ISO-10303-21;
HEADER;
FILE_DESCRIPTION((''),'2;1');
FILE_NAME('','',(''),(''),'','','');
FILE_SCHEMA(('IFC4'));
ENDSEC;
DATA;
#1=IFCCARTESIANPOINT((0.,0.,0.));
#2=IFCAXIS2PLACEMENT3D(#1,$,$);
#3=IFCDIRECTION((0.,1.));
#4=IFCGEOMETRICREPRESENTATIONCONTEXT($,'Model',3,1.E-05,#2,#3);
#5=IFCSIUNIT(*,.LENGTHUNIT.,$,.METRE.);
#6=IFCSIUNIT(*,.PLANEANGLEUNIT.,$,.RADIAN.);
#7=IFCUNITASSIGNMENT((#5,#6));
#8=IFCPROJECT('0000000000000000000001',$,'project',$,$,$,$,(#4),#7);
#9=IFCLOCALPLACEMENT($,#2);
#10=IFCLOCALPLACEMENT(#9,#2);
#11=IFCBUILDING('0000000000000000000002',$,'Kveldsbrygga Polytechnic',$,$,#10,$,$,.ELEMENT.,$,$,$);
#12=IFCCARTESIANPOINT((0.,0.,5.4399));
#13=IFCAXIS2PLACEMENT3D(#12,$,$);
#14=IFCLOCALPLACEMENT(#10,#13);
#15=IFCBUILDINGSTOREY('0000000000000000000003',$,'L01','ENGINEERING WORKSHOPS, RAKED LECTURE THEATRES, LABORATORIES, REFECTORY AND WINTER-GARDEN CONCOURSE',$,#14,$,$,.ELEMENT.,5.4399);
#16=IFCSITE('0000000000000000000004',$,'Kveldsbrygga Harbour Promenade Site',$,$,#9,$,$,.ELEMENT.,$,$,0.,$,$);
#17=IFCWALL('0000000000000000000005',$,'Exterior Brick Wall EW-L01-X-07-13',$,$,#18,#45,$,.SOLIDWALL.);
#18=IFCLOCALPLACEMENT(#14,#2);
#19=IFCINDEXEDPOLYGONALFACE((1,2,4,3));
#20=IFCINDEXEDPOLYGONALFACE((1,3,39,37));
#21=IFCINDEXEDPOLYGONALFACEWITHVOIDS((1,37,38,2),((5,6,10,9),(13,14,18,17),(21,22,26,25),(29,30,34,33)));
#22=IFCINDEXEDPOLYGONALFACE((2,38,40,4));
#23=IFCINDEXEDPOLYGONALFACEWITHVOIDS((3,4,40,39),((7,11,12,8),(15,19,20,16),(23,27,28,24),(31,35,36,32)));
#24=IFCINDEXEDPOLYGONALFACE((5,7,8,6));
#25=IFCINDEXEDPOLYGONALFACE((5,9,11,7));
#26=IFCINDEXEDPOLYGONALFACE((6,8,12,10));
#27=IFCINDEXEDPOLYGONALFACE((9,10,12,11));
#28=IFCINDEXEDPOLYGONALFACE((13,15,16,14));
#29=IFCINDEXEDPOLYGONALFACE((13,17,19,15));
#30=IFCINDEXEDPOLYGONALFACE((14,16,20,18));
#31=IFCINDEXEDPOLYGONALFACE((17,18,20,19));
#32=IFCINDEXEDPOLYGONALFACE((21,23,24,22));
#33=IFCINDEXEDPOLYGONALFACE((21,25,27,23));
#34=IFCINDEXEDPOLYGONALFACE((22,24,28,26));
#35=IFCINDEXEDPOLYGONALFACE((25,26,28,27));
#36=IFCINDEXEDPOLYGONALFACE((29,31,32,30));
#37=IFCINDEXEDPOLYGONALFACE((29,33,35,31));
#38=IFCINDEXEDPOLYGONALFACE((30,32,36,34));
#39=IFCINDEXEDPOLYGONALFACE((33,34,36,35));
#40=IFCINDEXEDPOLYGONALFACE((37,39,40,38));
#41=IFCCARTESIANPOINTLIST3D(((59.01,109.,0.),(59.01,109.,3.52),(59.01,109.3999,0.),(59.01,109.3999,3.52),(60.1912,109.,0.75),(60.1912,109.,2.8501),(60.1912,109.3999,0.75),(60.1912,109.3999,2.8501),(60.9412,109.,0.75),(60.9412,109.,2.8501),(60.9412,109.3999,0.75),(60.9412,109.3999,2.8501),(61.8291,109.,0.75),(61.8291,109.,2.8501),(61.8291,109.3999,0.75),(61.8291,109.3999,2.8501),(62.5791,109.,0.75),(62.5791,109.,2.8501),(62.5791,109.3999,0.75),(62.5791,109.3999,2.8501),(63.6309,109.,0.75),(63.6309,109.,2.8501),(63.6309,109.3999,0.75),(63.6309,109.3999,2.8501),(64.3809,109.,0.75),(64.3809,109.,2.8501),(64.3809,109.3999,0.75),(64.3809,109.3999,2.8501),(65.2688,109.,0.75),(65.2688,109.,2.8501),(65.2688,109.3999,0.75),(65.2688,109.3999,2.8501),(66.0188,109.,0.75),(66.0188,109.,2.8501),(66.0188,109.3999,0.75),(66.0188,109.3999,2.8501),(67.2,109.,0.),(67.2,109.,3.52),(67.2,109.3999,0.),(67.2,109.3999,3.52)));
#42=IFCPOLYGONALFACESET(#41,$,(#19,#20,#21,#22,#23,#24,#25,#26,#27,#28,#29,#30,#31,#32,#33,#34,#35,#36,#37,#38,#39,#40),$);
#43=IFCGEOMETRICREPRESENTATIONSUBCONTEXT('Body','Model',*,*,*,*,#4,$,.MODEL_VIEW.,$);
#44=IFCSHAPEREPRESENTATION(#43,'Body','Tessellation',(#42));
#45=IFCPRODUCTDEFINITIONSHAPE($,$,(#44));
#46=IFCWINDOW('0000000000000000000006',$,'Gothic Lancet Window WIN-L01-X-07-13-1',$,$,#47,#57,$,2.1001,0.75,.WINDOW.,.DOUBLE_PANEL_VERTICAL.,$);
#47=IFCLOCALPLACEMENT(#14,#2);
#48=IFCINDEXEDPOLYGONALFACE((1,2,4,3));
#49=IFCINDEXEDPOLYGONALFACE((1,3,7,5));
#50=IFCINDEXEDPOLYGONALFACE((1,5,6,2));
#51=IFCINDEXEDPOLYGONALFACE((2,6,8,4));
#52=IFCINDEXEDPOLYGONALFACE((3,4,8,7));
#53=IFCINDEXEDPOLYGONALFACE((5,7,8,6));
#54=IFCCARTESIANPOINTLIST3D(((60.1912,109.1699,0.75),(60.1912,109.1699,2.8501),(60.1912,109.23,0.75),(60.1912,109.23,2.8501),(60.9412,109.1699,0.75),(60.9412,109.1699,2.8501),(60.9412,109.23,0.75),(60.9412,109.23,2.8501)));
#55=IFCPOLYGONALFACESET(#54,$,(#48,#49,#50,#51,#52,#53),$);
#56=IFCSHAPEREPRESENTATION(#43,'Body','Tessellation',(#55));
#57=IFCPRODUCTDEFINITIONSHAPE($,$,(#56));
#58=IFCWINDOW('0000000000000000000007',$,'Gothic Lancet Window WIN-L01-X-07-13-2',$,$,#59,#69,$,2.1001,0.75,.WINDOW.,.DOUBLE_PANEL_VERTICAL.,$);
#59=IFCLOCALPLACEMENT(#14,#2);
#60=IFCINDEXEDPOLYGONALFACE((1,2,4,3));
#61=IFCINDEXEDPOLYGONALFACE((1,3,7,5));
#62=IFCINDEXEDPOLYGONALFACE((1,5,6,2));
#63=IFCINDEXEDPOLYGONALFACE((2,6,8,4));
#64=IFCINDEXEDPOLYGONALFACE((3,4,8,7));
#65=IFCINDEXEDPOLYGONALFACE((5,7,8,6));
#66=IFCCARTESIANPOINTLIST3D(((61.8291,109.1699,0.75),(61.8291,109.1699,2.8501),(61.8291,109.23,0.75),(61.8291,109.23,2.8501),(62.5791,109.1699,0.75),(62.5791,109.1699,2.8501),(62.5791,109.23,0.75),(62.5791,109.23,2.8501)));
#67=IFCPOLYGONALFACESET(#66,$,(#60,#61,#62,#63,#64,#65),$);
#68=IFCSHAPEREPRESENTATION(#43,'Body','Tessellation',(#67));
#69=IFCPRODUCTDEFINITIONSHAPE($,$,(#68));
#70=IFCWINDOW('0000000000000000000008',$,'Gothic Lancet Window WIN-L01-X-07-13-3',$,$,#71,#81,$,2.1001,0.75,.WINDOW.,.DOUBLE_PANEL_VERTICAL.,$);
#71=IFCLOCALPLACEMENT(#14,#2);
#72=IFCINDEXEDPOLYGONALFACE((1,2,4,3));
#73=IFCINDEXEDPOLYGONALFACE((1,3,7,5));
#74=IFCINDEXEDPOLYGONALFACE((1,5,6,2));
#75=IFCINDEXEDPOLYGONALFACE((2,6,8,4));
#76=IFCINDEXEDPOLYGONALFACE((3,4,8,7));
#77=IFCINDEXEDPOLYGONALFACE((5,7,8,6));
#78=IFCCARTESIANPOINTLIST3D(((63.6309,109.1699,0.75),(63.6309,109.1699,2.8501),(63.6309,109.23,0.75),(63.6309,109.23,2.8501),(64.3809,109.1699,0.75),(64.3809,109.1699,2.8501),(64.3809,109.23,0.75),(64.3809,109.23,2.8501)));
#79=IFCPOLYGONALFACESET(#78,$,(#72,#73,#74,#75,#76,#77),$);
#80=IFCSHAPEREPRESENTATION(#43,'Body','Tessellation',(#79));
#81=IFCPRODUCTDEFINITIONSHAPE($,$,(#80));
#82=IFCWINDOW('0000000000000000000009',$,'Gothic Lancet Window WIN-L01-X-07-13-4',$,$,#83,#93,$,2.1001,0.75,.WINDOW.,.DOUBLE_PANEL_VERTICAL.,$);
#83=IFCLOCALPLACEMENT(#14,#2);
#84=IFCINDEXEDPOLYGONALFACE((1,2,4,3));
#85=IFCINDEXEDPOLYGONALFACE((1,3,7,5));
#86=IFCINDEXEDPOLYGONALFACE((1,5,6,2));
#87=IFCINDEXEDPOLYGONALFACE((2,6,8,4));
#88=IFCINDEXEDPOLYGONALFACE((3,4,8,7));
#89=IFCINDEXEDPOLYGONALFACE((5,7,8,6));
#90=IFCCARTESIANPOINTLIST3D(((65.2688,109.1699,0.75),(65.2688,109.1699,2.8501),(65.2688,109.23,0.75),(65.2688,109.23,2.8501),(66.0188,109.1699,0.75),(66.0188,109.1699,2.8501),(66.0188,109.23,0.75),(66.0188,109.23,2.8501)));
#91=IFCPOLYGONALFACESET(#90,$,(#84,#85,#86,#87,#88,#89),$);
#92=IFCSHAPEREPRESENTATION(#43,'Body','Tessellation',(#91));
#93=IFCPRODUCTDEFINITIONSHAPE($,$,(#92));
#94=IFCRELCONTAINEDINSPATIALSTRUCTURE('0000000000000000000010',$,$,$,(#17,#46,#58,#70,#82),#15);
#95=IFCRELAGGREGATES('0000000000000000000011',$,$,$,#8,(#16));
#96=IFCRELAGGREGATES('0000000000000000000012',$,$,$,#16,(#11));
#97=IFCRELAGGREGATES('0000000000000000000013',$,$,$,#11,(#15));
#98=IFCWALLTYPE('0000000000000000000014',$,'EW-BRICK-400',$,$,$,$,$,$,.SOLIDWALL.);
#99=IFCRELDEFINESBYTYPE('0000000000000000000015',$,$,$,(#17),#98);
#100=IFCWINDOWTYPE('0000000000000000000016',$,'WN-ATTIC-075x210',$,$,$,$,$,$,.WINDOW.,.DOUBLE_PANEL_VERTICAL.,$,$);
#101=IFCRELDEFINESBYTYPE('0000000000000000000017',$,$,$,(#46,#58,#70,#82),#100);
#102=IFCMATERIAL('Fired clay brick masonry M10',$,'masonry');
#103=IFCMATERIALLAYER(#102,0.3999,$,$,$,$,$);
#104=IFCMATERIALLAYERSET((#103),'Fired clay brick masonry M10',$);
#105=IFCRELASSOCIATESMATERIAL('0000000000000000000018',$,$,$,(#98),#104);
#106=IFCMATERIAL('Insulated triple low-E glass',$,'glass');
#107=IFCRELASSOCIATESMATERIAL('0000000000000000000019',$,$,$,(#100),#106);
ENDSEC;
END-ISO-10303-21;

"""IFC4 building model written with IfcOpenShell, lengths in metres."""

from ifc_helpers import new_model, si_unit, direction, frame, frame_2d, origin, place, context, subcontext, project, spatial, rectangle, extrude, material, layer, layer_set, type_object, element, fill, save


model = new_model("IFC4")

# Units and contexts
model_context = context("Model", 3, precision=1e-05, world=origin(), true_north=direction((0.0, 1.0)))
body_context = subcontext(model_context, "Body", "Model", "MODEL_VIEW")
ifc_project = project(units=[si_unit("LENGTHUNIT", "METRE"), si_unit("PLANEANGLEUNIT", "RADIAN")], contexts=[model_context])

# Site, building, storey
site_placement = place(None, origin())
site = spatial("IfcSite", under=ifc_project, at=site_placement, Name="Kveldsbrygga Harbour Promenade Site", CompositionType="ELEMENT", RefElevation=0.0)
building_placement = place(site_placement, origin())
building = spatial("IfcBuilding", under=site, at=building_placement, Name="Kveldsbrygga Polytechnic", CompositionType="ELEMENT")
storey_placement = place(building_placement, frame((0.0, 0.0, 5.4399)))
storey = spatial("IfcBuildingStorey", under=building, at=storey_placement, Name="L01", Description="ENGINEERING WORKSHOPS, RAKED LECTURE THEATRES, LABORATORIES, REFECTORY AND WINTER-GARDEN CONCOURSE", CompositionType="ELEMENT", Elevation=5.4399)

# Shared definitions
ifc_material_1 = material(Name="Insulated triple low-E glass", Category="glass")

# Wall, openings, windows
ifc_material_2 = material(Name="Fired clay brick masonry M10", Category="masonry")
ifc_layer_1 = layer(ifc_material_2, 0.3999)
ifc_layer_set_1 = layer_set([ifc_layer_1], Name="Fired clay brick masonry M10")
wall_type_1 = type_object("IfcWallType", Name="EW-BRICK-400", PredefinedType="SOLIDWALL", material=ifc_layer_set_1)
wall_1_placement = place(storey_placement, frame((59.01, 109.2, 0.0), z_axis=(0.0, 0.0, 1.0), x_axis=(1.0, 0.0, 0.0)))
wall_1 = element("IfcWall", 1, at=wall_1_placement, inside=storey, type_object=wall_type_1, Name="Exterior Brick Wall EW-L01-X-07-13", PredefinedType="SOLIDWALL", context=body_context, shape_type="SweptSolid", body=[
    extrude(rectangle(XDim=8.1899, YDim=0.3999, at=frame_2d((4.095, 0.0))), origin(), (0.0, 0.0, 1.0), 3.52),
])
opening_1_placement = place(wall_1_placement, frame((1.1812, 0.0, 0.75)))
opening_1 = element("IfcOpeningElement", 2, at=opening_1_placement, cuts=wall_1, PredefinedType="OPENING", context=body_context, shape_type="SweptSolid", body=[
    extrude(rectangle(XDim=0.75, YDim=2.1001, at=frame_2d((0.375, 1.05))), frame((0.0, 0.21, 0.0), z_axis=(0.0, -1.0, 0.0), x_axis=(1.0, 0.0, 0.0)), (0.0, 0.0, 1.0), 0.4199),
])
opening_2_placement = place(wall_1_placement, frame((2.8191, 0.0, 0.75)))
opening_2 = element("IfcOpeningElement", 3, at=opening_2_placement, cuts=wall_1, PredefinedType="OPENING", context=body_context, shape_type="SweptSolid", body=[
    extrude(rectangle(XDim=0.75, YDim=2.1001, at=frame_2d((0.375, 1.05))), frame((0.0, 0.21, 0.0), z_axis=(0.0, -1.0, 0.0), x_axis=(1.0, 0.0, 0.0)), (0.0, 0.0, 1.0), 0.4199),
])
opening_3_placement = place(wall_1_placement, frame((4.6208, 0.0, 0.75)))
opening_3 = element("IfcOpeningElement", 4, at=opening_3_placement, cuts=wall_1, PredefinedType="OPENING", context=body_context, shape_type="SweptSolid", body=[
    extrude(rectangle(XDim=0.75, YDim=2.1001, at=frame_2d((0.375, 1.05))), frame((0.0, 0.21, 0.0), z_axis=(0.0, -1.0, 0.0), x_axis=(1.0, 0.0, 0.0)), (0.0, 0.0, 1.0), 0.4199),
])
opening_4_placement = place(wall_1_placement, frame((6.2588, 0.0, 0.75)))
opening_4 = element("IfcOpeningElement", 5, at=opening_4_placement, cuts=wall_1, PredefinedType="OPENING", context=body_context, shape_type="SweptSolid", body=[
    extrude(rectangle(XDim=0.75, YDim=2.1001, at=frame_2d((0.375, 1.05))), frame((0.0, 0.21, 0.0), z_axis=(0.0, -1.0, 0.0), x_axis=(1.0, 0.0, 0.0)), (0.0, 0.0, 1.0), 0.4199),
])
window_type_1 = type_object("IfcWindowType", Name="WN-ATTIC-075x210", PartitioningType="DOUBLE_PANEL_VERTICAL", PredefinedType="WINDOW", material=ifc_material_1)
window_1_placement = place(opening_1_placement, origin())
window_1 = element("IfcWindow", 6, at=window_1_placement, inside=storey, type_object=window_type_1, Name="Gothic Lancet Window WIN-L01-X-07-13-1", OverallHeight=2.1001, OverallWidth=0.75, PartitioningType="DOUBLE_PANEL_VERTICAL", PredefinedType="WINDOW", context=body_context, shape_type="SweptSolid", body=[
    extrude(rectangle(XDim=0.75, YDim=2.1001, at=frame_2d((0.375, 1.05))), frame((0.0, 0.03, 0.0), z_axis=(0.0, -1.0, 0.0), x_axis=(1.0, 0.0, 0.0)), (0.0, 0.0, 1.0), 0.0601),
])
fill(opening_1, window_1)
window_2_placement = place(opening_2_placement, origin())
window_2 = element("IfcWindow", 7, at=window_2_placement, inside=storey, type_object=window_type_1, Name="Gothic Lancet Window WIN-L01-X-07-13-2", OverallHeight=2.1001, OverallWidth=0.75, PartitioningType="DOUBLE_PANEL_VERTICAL", PredefinedType="WINDOW", context=body_context, shape_type="SweptSolid", body=[
    extrude(rectangle(XDim=0.75, YDim=2.1001, at=frame_2d((0.375, 1.05))), frame((0.0, 0.03, 0.0), z_axis=(0.0, -1.0, 0.0), x_axis=(1.0, 0.0, 0.0)), (0.0, 0.0, 1.0), 0.0601),
])
fill(opening_2, window_2)
window_3_placement = place(opening_3_placement, origin())
window_3 = element("IfcWindow", 8, at=window_3_placement, inside=storey, type_object=window_type_1, Name="Gothic Lancet Window WIN-L01-X-07-13-3", OverallHeight=2.1001, OverallWidth=0.75, PartitioningType="DOUBLE_PANEL_VERTICAL", PredefinedType="WINDOW", context=body_context, shape_type="SweptSolid", body=[
    extrude(rectangle(XDim=0.75, YDim=2.1001, at=frame_2d((0.375, 1.05))), frame((0.0, 0.03, 0.0), z_axis=(0.0, -1.0, 0.0), x_axis=(1.0, 0.0, 0.0)), (0.0, 0.0, 1.0), 0.0601),
])
fill(opening_3, window_3)
window_4_placement = place(opening_4_placement, origin())
window_4 = element("IfcWindow", 9, at=window_4_placement, inside=storey, type_object=window_type_1, Name="Gothic Lancet Window WIN-L01-X-07-13-4", OverallHeight=2.1001, OverallWidth=0.75, PartitioningType="DOUBLE_PANEL_VERTICAL", PredefinedType="WINDOW", context=body_context, shape_type="SweptSolid", body=[
    extrude(rectangle(XDim=0.75, YDim=2.1001, at=frame_2d((0.375, 1.05))), frame((0.0, 0.03, 0.0), z_axis=(0.0, -1.0, 0.0), x_axis=(1.0, 0.0, 0.0)), (0.0, 0.0, 1.0), 0.0601),
])
fill(opening_4, window_4)

save(model, "model.ifc")
